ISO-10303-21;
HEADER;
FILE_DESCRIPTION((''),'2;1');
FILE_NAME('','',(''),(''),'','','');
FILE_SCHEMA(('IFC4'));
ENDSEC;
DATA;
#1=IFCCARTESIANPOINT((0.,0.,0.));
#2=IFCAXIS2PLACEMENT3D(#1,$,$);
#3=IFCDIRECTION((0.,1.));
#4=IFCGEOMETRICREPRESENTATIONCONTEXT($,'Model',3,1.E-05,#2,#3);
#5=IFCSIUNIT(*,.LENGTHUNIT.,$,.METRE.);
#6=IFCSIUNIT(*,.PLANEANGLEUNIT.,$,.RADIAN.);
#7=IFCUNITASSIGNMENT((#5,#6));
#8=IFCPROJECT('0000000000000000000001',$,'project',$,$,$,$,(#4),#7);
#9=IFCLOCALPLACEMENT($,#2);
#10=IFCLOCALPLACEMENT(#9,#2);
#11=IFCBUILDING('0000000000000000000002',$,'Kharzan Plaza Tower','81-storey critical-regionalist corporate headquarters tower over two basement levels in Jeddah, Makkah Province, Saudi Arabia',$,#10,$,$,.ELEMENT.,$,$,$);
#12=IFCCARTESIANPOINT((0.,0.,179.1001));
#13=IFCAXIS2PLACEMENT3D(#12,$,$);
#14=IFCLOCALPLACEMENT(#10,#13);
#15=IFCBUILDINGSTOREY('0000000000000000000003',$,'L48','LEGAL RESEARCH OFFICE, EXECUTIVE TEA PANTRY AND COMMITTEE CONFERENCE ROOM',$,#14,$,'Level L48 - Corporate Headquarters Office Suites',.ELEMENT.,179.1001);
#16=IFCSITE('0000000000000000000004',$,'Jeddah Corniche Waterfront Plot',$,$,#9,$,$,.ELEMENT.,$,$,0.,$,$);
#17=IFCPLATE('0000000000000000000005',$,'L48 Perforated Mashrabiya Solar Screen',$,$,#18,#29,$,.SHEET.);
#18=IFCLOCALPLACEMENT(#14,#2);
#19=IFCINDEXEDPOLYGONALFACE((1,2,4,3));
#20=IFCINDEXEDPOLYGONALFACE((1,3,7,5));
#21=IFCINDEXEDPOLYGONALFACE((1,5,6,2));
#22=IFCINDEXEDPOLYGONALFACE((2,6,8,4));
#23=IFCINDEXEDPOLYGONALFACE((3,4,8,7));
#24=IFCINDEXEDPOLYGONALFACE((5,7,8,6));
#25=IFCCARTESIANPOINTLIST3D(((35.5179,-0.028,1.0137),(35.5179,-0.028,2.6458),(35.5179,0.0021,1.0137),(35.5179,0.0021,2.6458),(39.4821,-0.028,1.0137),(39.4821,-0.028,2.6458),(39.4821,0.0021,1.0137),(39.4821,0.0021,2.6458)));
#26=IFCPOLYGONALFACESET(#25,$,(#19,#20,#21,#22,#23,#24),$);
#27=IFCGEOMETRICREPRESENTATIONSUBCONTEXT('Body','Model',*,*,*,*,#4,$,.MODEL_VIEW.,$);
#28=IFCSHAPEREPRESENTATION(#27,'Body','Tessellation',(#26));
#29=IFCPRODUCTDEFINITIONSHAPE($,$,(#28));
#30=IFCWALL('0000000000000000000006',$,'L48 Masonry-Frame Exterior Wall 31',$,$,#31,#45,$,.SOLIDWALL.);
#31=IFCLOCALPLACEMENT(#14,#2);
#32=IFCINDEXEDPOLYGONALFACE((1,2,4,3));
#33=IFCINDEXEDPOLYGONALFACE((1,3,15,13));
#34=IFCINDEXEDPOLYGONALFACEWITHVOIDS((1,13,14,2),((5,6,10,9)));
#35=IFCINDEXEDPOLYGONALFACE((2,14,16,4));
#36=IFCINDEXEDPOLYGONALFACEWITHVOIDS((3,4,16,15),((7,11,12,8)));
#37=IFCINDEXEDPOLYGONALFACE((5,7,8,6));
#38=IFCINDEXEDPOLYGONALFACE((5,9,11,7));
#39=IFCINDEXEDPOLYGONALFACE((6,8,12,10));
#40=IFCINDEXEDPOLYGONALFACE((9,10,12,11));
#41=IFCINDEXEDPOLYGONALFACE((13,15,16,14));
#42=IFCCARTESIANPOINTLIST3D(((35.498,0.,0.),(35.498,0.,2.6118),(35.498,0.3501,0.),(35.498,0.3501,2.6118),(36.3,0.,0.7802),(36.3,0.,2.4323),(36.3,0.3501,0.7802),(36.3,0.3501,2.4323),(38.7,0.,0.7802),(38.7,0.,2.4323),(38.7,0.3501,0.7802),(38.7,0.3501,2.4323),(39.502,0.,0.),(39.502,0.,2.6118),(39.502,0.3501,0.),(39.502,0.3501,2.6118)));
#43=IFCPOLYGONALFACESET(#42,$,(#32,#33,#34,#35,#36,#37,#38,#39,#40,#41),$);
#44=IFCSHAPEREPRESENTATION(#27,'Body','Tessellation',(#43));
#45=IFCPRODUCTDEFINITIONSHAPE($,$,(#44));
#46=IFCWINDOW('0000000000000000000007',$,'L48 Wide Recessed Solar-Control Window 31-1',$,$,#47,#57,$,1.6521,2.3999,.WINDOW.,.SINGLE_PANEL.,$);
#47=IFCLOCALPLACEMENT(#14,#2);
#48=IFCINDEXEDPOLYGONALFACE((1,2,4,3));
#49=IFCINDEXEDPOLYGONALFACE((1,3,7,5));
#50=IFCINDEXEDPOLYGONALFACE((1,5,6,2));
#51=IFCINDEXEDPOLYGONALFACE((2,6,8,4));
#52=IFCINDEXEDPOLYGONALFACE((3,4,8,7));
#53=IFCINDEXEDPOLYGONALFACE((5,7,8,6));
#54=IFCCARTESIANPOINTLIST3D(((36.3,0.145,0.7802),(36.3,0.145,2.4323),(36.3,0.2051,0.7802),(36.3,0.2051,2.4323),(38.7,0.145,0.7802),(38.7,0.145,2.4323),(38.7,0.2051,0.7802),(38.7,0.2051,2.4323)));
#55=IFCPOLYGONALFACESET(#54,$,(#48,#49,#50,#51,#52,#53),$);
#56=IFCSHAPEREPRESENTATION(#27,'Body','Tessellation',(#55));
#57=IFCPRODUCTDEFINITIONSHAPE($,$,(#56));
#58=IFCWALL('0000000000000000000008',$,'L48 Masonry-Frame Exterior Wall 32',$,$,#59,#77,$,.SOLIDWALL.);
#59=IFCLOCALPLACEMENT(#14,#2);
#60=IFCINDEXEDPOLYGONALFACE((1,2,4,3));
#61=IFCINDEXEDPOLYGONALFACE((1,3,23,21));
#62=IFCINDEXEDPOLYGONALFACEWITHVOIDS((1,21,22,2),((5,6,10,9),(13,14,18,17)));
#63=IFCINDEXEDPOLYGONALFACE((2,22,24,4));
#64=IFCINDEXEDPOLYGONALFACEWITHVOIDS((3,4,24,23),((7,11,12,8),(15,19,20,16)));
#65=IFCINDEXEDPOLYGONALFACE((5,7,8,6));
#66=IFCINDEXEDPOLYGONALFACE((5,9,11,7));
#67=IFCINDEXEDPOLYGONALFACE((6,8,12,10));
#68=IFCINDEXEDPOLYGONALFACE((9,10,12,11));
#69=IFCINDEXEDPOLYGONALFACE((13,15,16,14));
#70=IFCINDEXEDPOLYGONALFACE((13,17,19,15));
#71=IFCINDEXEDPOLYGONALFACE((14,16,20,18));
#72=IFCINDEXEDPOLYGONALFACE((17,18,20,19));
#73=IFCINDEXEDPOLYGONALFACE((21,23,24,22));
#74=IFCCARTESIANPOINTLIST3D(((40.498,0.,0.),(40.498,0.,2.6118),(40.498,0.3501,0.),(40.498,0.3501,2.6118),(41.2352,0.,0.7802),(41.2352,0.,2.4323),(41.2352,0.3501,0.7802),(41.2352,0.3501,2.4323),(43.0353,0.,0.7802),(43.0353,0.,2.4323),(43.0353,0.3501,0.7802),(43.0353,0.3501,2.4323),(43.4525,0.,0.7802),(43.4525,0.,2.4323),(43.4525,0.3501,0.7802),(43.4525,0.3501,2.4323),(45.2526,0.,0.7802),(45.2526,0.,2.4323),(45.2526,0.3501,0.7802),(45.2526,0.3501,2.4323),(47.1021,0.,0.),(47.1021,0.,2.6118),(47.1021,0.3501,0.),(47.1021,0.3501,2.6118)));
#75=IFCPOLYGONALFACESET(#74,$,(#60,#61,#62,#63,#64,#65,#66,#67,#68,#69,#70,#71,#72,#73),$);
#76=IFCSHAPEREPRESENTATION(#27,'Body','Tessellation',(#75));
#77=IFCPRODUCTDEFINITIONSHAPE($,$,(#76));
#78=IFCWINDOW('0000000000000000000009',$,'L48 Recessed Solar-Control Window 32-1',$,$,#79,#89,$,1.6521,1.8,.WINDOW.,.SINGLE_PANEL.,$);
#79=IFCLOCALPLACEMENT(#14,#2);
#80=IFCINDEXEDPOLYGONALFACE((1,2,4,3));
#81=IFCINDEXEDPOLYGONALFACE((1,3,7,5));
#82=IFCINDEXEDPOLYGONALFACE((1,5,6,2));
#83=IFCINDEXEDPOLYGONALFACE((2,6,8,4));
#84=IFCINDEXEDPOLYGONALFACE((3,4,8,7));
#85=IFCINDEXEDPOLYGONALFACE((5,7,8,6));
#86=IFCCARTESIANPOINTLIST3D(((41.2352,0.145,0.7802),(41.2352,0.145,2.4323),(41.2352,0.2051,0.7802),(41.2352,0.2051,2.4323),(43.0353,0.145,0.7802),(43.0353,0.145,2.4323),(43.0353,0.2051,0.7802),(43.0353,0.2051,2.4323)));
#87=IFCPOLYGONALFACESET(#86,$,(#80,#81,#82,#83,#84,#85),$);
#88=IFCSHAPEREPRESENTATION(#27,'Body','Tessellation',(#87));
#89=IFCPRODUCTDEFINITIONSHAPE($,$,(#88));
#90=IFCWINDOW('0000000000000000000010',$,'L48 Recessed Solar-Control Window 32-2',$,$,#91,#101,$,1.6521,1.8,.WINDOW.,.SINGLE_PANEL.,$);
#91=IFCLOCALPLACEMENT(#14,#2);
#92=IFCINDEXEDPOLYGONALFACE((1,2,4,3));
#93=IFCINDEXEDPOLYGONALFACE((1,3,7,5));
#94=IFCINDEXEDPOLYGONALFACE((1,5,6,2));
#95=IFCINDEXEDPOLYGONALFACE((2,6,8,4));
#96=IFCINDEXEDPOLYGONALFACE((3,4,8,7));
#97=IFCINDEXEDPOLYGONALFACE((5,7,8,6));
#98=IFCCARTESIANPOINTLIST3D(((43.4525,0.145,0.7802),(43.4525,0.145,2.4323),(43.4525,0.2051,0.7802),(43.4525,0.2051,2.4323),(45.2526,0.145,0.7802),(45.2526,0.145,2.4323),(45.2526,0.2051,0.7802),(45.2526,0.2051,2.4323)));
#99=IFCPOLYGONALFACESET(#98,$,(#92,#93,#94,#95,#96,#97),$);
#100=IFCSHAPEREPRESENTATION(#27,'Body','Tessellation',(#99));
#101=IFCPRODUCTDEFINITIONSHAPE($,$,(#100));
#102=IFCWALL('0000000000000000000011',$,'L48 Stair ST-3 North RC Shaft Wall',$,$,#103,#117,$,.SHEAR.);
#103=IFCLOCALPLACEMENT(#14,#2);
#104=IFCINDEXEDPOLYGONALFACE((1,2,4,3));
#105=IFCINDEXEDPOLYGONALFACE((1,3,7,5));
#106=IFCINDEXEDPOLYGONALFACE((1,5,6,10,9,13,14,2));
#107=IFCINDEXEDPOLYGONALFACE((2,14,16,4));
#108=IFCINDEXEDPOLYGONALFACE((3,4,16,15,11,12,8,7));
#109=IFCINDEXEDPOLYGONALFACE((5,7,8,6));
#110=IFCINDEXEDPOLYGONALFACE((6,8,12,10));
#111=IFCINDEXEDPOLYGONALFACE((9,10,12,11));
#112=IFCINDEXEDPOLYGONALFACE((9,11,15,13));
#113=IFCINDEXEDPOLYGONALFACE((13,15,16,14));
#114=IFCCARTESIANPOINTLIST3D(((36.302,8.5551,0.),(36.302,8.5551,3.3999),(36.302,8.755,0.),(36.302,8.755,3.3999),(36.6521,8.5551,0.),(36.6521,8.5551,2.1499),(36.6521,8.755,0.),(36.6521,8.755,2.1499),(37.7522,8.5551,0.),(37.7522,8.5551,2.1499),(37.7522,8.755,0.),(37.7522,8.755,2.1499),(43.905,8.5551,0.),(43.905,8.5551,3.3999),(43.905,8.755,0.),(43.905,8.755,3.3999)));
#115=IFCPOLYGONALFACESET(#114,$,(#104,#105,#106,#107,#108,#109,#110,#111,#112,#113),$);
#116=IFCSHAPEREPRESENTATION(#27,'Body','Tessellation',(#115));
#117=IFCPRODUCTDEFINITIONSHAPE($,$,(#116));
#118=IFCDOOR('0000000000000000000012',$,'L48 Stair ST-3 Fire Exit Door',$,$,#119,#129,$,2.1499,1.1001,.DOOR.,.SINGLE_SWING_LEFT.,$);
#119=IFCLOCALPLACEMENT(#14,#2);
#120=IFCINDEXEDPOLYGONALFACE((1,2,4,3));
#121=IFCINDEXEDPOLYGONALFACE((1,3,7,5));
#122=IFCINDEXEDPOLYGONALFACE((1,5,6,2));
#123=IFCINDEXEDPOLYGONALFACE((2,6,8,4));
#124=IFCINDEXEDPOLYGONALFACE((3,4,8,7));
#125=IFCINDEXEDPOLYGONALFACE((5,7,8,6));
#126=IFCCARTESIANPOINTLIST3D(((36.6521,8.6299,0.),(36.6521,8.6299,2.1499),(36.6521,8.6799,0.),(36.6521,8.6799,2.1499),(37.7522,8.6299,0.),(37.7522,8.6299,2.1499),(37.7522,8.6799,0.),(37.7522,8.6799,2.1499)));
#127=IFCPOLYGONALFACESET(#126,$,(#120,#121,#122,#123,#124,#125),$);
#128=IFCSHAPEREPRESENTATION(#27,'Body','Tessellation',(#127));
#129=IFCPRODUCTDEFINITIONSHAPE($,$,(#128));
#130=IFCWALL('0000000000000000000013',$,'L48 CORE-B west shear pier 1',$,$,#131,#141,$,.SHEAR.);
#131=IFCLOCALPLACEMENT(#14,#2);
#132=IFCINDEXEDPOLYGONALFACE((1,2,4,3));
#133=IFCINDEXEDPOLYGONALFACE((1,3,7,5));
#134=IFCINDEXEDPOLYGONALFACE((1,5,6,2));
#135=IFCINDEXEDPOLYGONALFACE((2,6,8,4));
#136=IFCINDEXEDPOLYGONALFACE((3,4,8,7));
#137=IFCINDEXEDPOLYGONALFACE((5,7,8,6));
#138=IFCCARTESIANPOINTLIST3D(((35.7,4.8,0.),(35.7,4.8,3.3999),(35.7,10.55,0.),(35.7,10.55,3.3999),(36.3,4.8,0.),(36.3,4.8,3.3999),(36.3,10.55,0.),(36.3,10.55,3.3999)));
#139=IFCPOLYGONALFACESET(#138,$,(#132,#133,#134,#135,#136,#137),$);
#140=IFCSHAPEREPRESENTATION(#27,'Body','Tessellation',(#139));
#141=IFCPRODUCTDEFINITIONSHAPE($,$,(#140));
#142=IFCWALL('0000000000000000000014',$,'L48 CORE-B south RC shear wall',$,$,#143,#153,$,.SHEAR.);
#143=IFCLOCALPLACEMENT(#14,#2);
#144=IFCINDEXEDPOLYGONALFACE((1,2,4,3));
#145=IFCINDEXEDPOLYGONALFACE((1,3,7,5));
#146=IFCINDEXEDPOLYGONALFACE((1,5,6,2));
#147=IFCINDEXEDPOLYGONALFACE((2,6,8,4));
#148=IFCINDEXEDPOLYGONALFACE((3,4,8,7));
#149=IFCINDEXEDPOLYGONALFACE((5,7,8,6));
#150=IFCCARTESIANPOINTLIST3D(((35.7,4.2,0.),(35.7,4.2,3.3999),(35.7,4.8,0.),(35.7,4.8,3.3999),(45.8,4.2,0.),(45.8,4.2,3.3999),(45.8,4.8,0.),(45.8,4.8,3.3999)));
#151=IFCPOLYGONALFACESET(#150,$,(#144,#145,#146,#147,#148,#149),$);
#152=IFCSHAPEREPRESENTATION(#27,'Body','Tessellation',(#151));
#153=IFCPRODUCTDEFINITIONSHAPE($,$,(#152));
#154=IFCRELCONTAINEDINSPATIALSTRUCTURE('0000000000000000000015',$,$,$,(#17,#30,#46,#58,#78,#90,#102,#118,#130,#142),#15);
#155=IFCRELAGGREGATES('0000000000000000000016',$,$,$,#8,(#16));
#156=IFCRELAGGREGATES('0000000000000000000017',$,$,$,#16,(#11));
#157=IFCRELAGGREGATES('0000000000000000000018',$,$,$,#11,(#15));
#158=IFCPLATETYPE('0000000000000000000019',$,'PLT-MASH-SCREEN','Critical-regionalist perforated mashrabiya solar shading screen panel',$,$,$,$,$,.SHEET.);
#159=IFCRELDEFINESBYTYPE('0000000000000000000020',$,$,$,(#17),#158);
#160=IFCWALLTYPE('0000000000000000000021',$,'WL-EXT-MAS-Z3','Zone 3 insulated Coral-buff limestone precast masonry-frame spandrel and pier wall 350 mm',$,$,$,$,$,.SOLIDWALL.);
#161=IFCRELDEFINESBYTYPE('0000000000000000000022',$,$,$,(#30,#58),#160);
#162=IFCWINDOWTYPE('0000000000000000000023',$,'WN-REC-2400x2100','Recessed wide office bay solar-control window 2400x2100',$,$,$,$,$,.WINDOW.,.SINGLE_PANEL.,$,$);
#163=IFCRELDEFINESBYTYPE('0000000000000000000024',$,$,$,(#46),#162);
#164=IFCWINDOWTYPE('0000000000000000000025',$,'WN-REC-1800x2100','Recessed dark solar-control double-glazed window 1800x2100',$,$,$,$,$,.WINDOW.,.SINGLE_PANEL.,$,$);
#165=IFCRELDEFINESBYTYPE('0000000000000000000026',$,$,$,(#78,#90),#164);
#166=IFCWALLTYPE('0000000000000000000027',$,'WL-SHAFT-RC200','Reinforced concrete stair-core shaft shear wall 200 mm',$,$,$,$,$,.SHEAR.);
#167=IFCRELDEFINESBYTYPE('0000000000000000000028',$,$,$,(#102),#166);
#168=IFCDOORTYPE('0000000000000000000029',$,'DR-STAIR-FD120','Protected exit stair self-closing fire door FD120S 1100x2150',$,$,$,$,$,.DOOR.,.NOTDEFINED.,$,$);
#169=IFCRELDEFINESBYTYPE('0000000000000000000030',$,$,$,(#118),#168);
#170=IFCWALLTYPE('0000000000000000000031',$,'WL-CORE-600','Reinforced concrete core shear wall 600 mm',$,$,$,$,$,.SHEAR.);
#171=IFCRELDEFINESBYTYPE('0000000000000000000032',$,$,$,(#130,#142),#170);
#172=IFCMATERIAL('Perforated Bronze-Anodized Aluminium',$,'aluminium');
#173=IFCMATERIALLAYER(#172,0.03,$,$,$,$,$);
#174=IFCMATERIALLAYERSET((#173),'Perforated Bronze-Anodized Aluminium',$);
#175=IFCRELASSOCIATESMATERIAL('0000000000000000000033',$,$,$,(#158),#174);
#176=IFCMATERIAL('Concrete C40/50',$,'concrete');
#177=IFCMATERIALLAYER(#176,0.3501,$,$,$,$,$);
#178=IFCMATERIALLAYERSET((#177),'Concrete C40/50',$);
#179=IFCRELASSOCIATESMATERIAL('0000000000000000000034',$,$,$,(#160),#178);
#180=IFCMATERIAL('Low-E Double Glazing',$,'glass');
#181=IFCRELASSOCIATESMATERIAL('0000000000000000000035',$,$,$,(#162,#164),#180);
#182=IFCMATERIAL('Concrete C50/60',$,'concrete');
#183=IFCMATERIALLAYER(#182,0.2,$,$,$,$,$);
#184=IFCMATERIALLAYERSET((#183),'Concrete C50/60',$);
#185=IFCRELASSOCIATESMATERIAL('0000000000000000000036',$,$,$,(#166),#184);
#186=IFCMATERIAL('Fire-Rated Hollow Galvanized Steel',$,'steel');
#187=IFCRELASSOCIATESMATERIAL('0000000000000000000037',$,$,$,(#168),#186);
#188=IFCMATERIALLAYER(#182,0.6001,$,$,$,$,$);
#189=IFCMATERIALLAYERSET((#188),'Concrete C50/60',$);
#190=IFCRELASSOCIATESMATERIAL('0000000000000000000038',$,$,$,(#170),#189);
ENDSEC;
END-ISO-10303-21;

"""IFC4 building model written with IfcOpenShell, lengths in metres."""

from ifc_helpers import new_model, si_unit, direction, frame, frame_2d, origin, origin_2d, place, context, subcontext, project, spatial, rectangle, extrude, source, transform, mapped, material, layer, layer_set, type_object, element, fill, save


model = new_model("IFC4")

# Units and contexts
model_context = context("Model", 3, precision=1e-05, world=origin(), true_north=direction((0.0, 1.0)))
body_context = subcontext(model_context, "Body", "Model", "MODEL_VIEW")
ifc_project = project(units=[si_unit("LENGTHUNIT", "METRE"), si_unit("PLANEANGLEUNIT", "RADIAN")], contexts=[model_context])

# Site, building, storey
site_placement = place(None, origin())
site = spatial("IfcSite", under=ifc_project, at=site_placement, Name="Jeddah Corniche Waterfront Plot", CompositionType="ELEMENT", RefElevation=0.0)
building_placement = place(site_placement, origin())
building = spatial("IfcBuilding", under=site, at=building_placement, Name="Kharzan Plaza Tower", Description="81-storey critical-regionalist corporate headquarters tower over two basement levels in Jeddah, Makkah Province, Saudi Arabia", CompositionType="ELEMENT")
storey_placement = place(building_placement, frame((0.0, 0.0, 179.1001)))
storey = spatial("IfcBuildingStorey", under=building, at=storey_placement, Name="L48", Description="LEGAL RESEARCH OFFICE, EXECUTIVE TEA PANTRY AND COMMITTEE CONFERENCE ROOM", LongName="Level L48 - Corporate Headquarters Office Suites", CompositionType="ELEMENT", Elevation=179.1001)

# Shared definitions
ifc_material_1 = material(Name="Concrete C50/60", Category="concrete")

# Plate
ifc_material_2 = material(Name="Perforated Bronze-Anodized Aluminium", Category="aluminium")
ifc_layer_1 = layer(ifc_material_2, 0.03)
ifc_layer_set_1 = layer_set([ifc_layer_1], Name="Perforated Bronze-Anodized Aluminium")
plate_type = type_object("IfcPlateType", Name="PLT-MASH-SCREEN", Description="Critical-regionalist perforated mashrabiya solar shading screen panel", PredefinedType="SHEET", material=ifc_layer_set_1)
shared_shape_1 = source(origin(), body_context, "Body", "SweptSolid", [
    extrude(rectangle(XDim=3.9641, YDim=0.03, at=origin_2d()), origin(), (0.0, 0.0, 1.0), 1.6321),
])
plate_placement = place(storey_placement, frame((37.5, -0.0129, 1.0137), z_axis=(0.0, 0.0, 1.0), x_axis=(1.0, 0.0, 0.0)))
element("IfcPlate", 1, at=plate_placement, inside=storey, type_object=plate_type, Name="L48 Perforated Mashrabiya Solar Screen", PredefinedType="SHEET", context=body_context, shape_type="MappedRepresentation", body=[
    mapped(shared_shape_1, transform((0.0, 0.0, 0.0), x_axis=(1.0, 0.0, 0.0), y_axis=(0.0, 1.0, 0.0), z_axis=(0.0, 0.0, 1.0))),
])

# Wall, opening, window
ifc_material_3 = material(Name="Concrete C40/50", Category="concrete")
ifc_layer_2 = layer(ifc_material_3, 0.3501)
ifc_layer_set_2 = layer_set([ifc_layer_2], Name="Concrete C40/50")
wall_type_1 = type_object("IfcWallType", Name="WL-EXT-MAS-Z3", Description="Zone 3 insulated Coral-buff limestone precast masonry-frame spandrel and pier wall 350 mm", PredefinedType="SOLIDWALL", material=ifc_layer_set_2)
wall_1_placement = place(storey_placement, frame((35.498, 0.175, 0.0), z_axis=(0.0, 0.0, 1.0), x_axis=(1.0, 0.0, 0.0)))
wall_1 = element("IfcWall", 2, at=wall_1_placement, inside=storey, type_object=wall_type_1, Name="L48 Masonry-Frame Exterior Wall 31", PredefinedType="SOLIDWALL", context=body_context, shape_type="SweptSolid", body=[
    extrude(rectangle(XDim=4.0039, YDim=0.3501, at=frame_2d((2.002, 0.0))), origin(), (0.0, 0.0, 1.0), 2.6118),
])
opening_1_placement = place(wall_1_placement, frame((0.802, 0.0, 0.78)))
opening_1 = element("IfcOpeningElement", 3, at=opening_1_placement, cuts=wall_1, PredefinedType="OPENING", context=body_context, shape_type="SweptSolid", body=[
    extrude(rectangle(XDim=2.3999, YDim=1.6521, at=frame_2d((1.2, 0.8262))), frame((0.0, 0.1851, 0.0), z_axis=(0.0, -1.0, 0.0), x_axis=(1.0, 0.0, 0.0)), (0.0, 0.0, 1.0), 0.3701),
])
ifc_material_4 = material(Name="Low-E Double Glazing", Category="glass")
window_type_1 = type_object("IfcWindowType", Name="WN-REC-2400x2100", Description="Recessed wide office bay solar-control window 2400x2100", PartitioningType="SINGLE_PANEL", PredefinedType="WINDOW", material=ifc_material_4)
shared_shape_2 = source(origin(), body_context, "Body", "SweptSolid", [
    extrude(rectangle(XDim=2.3999, YDim=1.6521, at=frame_2d((1.2, 0.8262))), frame((0.0, 0.03, 0.0), z_axis=(0.0, -1.0, 0.0), x_axis=(1.0, 0.0, 0.0)), (0.0, 0.0, 1.0), 0.0601),
])
window_1_placement = place(opening_1_placement, origin())
window_1 = element("IfcWindow", 4, at=window_1_placement, inside=storey, type_object=window_type_1, Name="L48 Wide Recessed Solar-Control Window 31-1", OverallHeight=1.6521, OverallWidth=2.3999, PartitioningType="SINGLE_PANEL", PredefinedType="WINDOW", context=body_context, shape_type="MappedRepresentation", body=[
    mapped(shared_shape_2, transform((0.0, 0.0, 0.0), x_axis=(1.0, 0.0, 0.0), y_axis=(0.0, 1.0, 0.0), z_axis=(0.0, 0.0, 1.0))),
])
fill(opening_1, window_1)

# Wall, openings, windows
wall_2_placement = place(storey_placement, frame((40.498, 0.175, 0.0), z_axis=(0.0, 0.0, 1.0), x_axis=(1.0, 0.0, 0.0)))
wall_2 = element("IfcWall", 5, at=wall_2_placement, inside=storey, type_object=wall_type_1, Name="L48 Masonry-Frame Exterior Wall 32", PredefinedType="SOLIDWALL", context=body_context, shape_type="SweptSolid", body=[
    extrude(rectangle(XDim=6.604, YDim=0.3501, at=frame_2d((3.302, 0.0))), origin(), (0.0, 0.0, 1.0), 2.6118),
])
opening_2_placement = place(wall_2_placement, frame((0.7373, 0.0, 0.78)))
opening_2 = element("IfcOpeningElement", 6, at=opening_2_placement, cuts=wall_2, PredefinedType="OPENING", context=body_context, shape_type="SweptSolid", body=[
    extrude(rectangle(XDim=1.8, YDim=1.6521, at=frame_2d((0.8999, 0.8262))), frame((0.0, 0.1851, 0.0), z_axis=(0.0, -1.0, 0.0), x_axis=(1.0, 0.0, 0.0)), (0.0, 0.0, 1.0), 0.3701),
])
opening_3_placement = place(wall_2_placement, frame((2.9546, 0.0, 0.78)))
opening_3 = element("IfcOpeningElement", 7, at=opening_3_placement, cuts=wall_2, PredefinedType="OPENING", context=body_context, shape_type="SweptSolid", body=[
    extrude(rectangle(XDim=1.8, YDim=1.6521, at=frame_2d((0.8999, 0.8262))), frame((0.0, 0.1851, 0.0), z_axis=(0.0, -1.0, 0.0), x_axis=(1.0, 0.0, 0.0)), (0.0, 0.0, 1.0), 0.3701),
])
window_type_2 = type_object("IfcWindowType", Name="WN-REC-1800x2100", Description="Recessed dark solar-control double-glazed window 1800x2100", PartitioningType="SINGLE_PANEL", PredefinedType="WINDOW", material=ifc_material_4)
shared_shape_3 = source(origin(), body_context, "Body", "SweptSolid", [
    extrude(rectangle(XDim=1.8, YDim=1.6521, at=frame_2d((0.8999, 0.8262))), frame((0.0, 0.03, 0.0), z_axis=(0.0, -1.0, 0.0), x_axis=(1.0, 0.0, 0.0)), (0.0, 0.0, 1.0), 0.0601),
])
window_2_placement = place(opening_2_placement, origin())
window_2 = element("IfcWindow", 8, at=window_2_placement, inside=storey, type_object=window_type_2, Name="L48 Recessed Solar-Control Window 32-1", OverallHeight=1.6521, OverallWidth=1.8, PartitioningType="SINGLE_PANEL", PredefinedType="WINDOW", context=body_context, shape_type="MappedRepresentation", body=[
    mapped(shared_shape_3, transform((0.0, 0.0, 0.0), x_axis=(1.0, 0.0, 0.0), y_axis=(0.0, 1.0, 0.0), z_axis=(0.0, 0.0, 1.0))),
])
fill(opening_2, window_2)
window_3_placement = place(opening_3_placement, origin())
window_3 = element("IfcWindow", 9, at=window_3_placement, inside=storey, type_object=window_type_2, Name="L48 Recessed Solar-Control Window 32-2", OverallHeight=1.6521, OverallWidth=1.8, PartitioningType="SINGLE_PANEL", PredefinedType="WINDOW", context=body_context, shape_type="MappedRepresentation", body=[
    mapped(shared_shape_3, transform((0.0, 0.0, 0.0), x_axis=(1.0, 0.0, 0.0), y_axis=(0.0, 1.0, 0.0), z_axis=(0.0, 0.0, 1.0))),
])
fill(opening_3, window_3)

# Wall, opening, door
ifc_layer_3 = layer(ifc_material_1, 0.2)
ifc_layer_set_3 = layer_set([ifc_layer_3], Name="Concrete C50/60")
wall_type_2 = type_object("IfcWallType", Name="WL-SHAFT-RC200", Description="Reinforced concrete stair-core shaft shear wall 200 mm", PredefinedType="SHEAR", material=ifc_layer_set_3)
wall_3_placement = place(storey_placement, frame((36.302, 8.655, 0.0), z_axis=(0.0, 0.0, 1.0), x_axis=(1.0, 0.0, 0.0)))
wall_3 = element("IfcWall", 10, at=wall_3_placement, inside=storey, type_object=wall_type_2, Name="L48 Stair ST-3 North RC Shaft Wall", PredefinedType="SHEAR", context=body_context, shape_type="SweptSolid", body=[
    extrude(rectangle(XDim=7.603, YDim=0.2, at=frame_2d((3.8015, 0.0))), origin(), (0.0, 0.0, 1.0), 3.3999),
])
opening_4_placement = place(wall_3_placement, frame((0.3501, 0.0, 0.0)))
opening_4 = element("IfcOpeningElement", 11, at=opening_4_placement, cuts=wall_3, PredefinedType="OPENING", context=body_context, shape_type="SweptSolid", body=[
    extrude(rectangle(XDim=1.1001, YDim=2.1499, at=frame_2d((0.55, 1.075))), frame((0.0, 0.1099, 0.0), z_axis=(0.0, -1.0, 0.0), x_axis=(1.0, 0.0, 0.0)), (0.0, 0.0, 1.0), 0.22),
])
ifc_material_5 = material(Name="Fire-Rated Hollow Galvanized Steel", Category="steel")
door_type = type_object("IfcDoorType", Name="DR-STAIR-FD120", Description="Protected exit stair self-closing fire door FD120S 1100x2150", OperationType="NOTDEFINED", PredefinedType="DOOR", material=ifc_material_5)
shared_shape_4 = source(origin(), body_context, "Body", "SweptSolid", [
    extrude(rectangle(XDim=1.1001, YDim=2.1499, at=frame_2d((0.55, 1.075))), frame((0.0, 0.0249, 0.0), z_axis=(0.0, -1.0, 0.0), x_axis=(1.0, 0.0, 0.0)), (0.0, 0.0, 1.0), 0.05),
])
door_placement = place(opening_4_placement, origin())
door = element("IfcDoor", 12, at=door_placement, inside=storey, type_object=door_type, Name="L48 Stair ST-3 Fire Exit Door", OperationType="SINGLE_SWING_LEFT", OverallHeight=2.1499, OverallWidth=1.1001, PredefinedType="DOOR", context=body_context, shape_type="MappedRepresentation", body=[
    mapped(shared_shape_4, transform((0.0, 0.0, 0.0), x_axis=(1.0, 0.0, 0.0), y_axis=(0.0, 1.0, 0.0), z_axis=(0.0, 0.0, 1.0))),
])
fill(opening_4, door)

# Walls
ifc_layer_4 = layer(ifc_material_1, 0.6001)
ifc_layer_set_4 = layer_set([ifc_layer_4], Name="Concrete C50/60")
wall_type_3 = type_object("IfcWallType", Name="WL-CORE-600", Description="Reinforced concrete core shear wall 600 mm", PredefinedType="SHEAR", material=ifc_layer_set_4)
shared_shape_5 = source(origin(), body_context, "Body", "SweptSolid", [
    extrude(rectangle(XDim=5.75, YDim=0.6001, at=frame_2d((2.875, 0.0))), origin(), (0.0, 0.0, 1.0), 3.3999),
])
wall_4_placement = place(storey_placement, frame((36.0, 4.8, 0.0), z_axis=(0.0, 0.0, 1.0), x_axis=(0.0, 1.0, 0.0)))
element("IfcWall", 13, at=wall_4_placement, inside=storey, type_object=wall_type_3, Name="L48 CORE-B west shear pier 1", PredefinedType="SHEAR", context=body_context, shape_type="MappedRepresentation", body=[
    mapped(shared_shape_5, transform((0.0, 0.0, 0.0), x_axis=(1.0, 0.0, 0.0), y_axis=(0.0, 1.0, 0.0), z_axis=(0.0, 0.0, 1.0))),
])
shared_shape_6 = source(origin(), body_context, "Body", "SweptSolid", [
    extrude(rectangle(XDim=10.1001, YDim=0.6001, at=frame_2d((5.05, 0.0))), origin(), (0.0, 0.0, 1.0), 3.3999),
])
wall_5_placement = place(storey_placement, frame((35.7, 4.5, 0.0), z_axis=(0.0, 0.0, 1.0), x_axis=(1.0, 0.0, 0.0)))
element("IfcWall", 14, at=wall_5_placement, inside=storey, type_object=wall_type_3, Name="L48 CORE-B south RC shear wall", PredefinedType="SHEAR", context=body_context, shape_type="MappedRepresentation", body=[
    mapped(shared_shape_6, transform((0.0, 0.0, 0.0), x_axis=(1.0, 0.0, 0.0), y_axis=(0.0, 1.0, 0.0), z_axis=(0.0, 0.0, 1.0))),
])

save(model, "model.ifc")
